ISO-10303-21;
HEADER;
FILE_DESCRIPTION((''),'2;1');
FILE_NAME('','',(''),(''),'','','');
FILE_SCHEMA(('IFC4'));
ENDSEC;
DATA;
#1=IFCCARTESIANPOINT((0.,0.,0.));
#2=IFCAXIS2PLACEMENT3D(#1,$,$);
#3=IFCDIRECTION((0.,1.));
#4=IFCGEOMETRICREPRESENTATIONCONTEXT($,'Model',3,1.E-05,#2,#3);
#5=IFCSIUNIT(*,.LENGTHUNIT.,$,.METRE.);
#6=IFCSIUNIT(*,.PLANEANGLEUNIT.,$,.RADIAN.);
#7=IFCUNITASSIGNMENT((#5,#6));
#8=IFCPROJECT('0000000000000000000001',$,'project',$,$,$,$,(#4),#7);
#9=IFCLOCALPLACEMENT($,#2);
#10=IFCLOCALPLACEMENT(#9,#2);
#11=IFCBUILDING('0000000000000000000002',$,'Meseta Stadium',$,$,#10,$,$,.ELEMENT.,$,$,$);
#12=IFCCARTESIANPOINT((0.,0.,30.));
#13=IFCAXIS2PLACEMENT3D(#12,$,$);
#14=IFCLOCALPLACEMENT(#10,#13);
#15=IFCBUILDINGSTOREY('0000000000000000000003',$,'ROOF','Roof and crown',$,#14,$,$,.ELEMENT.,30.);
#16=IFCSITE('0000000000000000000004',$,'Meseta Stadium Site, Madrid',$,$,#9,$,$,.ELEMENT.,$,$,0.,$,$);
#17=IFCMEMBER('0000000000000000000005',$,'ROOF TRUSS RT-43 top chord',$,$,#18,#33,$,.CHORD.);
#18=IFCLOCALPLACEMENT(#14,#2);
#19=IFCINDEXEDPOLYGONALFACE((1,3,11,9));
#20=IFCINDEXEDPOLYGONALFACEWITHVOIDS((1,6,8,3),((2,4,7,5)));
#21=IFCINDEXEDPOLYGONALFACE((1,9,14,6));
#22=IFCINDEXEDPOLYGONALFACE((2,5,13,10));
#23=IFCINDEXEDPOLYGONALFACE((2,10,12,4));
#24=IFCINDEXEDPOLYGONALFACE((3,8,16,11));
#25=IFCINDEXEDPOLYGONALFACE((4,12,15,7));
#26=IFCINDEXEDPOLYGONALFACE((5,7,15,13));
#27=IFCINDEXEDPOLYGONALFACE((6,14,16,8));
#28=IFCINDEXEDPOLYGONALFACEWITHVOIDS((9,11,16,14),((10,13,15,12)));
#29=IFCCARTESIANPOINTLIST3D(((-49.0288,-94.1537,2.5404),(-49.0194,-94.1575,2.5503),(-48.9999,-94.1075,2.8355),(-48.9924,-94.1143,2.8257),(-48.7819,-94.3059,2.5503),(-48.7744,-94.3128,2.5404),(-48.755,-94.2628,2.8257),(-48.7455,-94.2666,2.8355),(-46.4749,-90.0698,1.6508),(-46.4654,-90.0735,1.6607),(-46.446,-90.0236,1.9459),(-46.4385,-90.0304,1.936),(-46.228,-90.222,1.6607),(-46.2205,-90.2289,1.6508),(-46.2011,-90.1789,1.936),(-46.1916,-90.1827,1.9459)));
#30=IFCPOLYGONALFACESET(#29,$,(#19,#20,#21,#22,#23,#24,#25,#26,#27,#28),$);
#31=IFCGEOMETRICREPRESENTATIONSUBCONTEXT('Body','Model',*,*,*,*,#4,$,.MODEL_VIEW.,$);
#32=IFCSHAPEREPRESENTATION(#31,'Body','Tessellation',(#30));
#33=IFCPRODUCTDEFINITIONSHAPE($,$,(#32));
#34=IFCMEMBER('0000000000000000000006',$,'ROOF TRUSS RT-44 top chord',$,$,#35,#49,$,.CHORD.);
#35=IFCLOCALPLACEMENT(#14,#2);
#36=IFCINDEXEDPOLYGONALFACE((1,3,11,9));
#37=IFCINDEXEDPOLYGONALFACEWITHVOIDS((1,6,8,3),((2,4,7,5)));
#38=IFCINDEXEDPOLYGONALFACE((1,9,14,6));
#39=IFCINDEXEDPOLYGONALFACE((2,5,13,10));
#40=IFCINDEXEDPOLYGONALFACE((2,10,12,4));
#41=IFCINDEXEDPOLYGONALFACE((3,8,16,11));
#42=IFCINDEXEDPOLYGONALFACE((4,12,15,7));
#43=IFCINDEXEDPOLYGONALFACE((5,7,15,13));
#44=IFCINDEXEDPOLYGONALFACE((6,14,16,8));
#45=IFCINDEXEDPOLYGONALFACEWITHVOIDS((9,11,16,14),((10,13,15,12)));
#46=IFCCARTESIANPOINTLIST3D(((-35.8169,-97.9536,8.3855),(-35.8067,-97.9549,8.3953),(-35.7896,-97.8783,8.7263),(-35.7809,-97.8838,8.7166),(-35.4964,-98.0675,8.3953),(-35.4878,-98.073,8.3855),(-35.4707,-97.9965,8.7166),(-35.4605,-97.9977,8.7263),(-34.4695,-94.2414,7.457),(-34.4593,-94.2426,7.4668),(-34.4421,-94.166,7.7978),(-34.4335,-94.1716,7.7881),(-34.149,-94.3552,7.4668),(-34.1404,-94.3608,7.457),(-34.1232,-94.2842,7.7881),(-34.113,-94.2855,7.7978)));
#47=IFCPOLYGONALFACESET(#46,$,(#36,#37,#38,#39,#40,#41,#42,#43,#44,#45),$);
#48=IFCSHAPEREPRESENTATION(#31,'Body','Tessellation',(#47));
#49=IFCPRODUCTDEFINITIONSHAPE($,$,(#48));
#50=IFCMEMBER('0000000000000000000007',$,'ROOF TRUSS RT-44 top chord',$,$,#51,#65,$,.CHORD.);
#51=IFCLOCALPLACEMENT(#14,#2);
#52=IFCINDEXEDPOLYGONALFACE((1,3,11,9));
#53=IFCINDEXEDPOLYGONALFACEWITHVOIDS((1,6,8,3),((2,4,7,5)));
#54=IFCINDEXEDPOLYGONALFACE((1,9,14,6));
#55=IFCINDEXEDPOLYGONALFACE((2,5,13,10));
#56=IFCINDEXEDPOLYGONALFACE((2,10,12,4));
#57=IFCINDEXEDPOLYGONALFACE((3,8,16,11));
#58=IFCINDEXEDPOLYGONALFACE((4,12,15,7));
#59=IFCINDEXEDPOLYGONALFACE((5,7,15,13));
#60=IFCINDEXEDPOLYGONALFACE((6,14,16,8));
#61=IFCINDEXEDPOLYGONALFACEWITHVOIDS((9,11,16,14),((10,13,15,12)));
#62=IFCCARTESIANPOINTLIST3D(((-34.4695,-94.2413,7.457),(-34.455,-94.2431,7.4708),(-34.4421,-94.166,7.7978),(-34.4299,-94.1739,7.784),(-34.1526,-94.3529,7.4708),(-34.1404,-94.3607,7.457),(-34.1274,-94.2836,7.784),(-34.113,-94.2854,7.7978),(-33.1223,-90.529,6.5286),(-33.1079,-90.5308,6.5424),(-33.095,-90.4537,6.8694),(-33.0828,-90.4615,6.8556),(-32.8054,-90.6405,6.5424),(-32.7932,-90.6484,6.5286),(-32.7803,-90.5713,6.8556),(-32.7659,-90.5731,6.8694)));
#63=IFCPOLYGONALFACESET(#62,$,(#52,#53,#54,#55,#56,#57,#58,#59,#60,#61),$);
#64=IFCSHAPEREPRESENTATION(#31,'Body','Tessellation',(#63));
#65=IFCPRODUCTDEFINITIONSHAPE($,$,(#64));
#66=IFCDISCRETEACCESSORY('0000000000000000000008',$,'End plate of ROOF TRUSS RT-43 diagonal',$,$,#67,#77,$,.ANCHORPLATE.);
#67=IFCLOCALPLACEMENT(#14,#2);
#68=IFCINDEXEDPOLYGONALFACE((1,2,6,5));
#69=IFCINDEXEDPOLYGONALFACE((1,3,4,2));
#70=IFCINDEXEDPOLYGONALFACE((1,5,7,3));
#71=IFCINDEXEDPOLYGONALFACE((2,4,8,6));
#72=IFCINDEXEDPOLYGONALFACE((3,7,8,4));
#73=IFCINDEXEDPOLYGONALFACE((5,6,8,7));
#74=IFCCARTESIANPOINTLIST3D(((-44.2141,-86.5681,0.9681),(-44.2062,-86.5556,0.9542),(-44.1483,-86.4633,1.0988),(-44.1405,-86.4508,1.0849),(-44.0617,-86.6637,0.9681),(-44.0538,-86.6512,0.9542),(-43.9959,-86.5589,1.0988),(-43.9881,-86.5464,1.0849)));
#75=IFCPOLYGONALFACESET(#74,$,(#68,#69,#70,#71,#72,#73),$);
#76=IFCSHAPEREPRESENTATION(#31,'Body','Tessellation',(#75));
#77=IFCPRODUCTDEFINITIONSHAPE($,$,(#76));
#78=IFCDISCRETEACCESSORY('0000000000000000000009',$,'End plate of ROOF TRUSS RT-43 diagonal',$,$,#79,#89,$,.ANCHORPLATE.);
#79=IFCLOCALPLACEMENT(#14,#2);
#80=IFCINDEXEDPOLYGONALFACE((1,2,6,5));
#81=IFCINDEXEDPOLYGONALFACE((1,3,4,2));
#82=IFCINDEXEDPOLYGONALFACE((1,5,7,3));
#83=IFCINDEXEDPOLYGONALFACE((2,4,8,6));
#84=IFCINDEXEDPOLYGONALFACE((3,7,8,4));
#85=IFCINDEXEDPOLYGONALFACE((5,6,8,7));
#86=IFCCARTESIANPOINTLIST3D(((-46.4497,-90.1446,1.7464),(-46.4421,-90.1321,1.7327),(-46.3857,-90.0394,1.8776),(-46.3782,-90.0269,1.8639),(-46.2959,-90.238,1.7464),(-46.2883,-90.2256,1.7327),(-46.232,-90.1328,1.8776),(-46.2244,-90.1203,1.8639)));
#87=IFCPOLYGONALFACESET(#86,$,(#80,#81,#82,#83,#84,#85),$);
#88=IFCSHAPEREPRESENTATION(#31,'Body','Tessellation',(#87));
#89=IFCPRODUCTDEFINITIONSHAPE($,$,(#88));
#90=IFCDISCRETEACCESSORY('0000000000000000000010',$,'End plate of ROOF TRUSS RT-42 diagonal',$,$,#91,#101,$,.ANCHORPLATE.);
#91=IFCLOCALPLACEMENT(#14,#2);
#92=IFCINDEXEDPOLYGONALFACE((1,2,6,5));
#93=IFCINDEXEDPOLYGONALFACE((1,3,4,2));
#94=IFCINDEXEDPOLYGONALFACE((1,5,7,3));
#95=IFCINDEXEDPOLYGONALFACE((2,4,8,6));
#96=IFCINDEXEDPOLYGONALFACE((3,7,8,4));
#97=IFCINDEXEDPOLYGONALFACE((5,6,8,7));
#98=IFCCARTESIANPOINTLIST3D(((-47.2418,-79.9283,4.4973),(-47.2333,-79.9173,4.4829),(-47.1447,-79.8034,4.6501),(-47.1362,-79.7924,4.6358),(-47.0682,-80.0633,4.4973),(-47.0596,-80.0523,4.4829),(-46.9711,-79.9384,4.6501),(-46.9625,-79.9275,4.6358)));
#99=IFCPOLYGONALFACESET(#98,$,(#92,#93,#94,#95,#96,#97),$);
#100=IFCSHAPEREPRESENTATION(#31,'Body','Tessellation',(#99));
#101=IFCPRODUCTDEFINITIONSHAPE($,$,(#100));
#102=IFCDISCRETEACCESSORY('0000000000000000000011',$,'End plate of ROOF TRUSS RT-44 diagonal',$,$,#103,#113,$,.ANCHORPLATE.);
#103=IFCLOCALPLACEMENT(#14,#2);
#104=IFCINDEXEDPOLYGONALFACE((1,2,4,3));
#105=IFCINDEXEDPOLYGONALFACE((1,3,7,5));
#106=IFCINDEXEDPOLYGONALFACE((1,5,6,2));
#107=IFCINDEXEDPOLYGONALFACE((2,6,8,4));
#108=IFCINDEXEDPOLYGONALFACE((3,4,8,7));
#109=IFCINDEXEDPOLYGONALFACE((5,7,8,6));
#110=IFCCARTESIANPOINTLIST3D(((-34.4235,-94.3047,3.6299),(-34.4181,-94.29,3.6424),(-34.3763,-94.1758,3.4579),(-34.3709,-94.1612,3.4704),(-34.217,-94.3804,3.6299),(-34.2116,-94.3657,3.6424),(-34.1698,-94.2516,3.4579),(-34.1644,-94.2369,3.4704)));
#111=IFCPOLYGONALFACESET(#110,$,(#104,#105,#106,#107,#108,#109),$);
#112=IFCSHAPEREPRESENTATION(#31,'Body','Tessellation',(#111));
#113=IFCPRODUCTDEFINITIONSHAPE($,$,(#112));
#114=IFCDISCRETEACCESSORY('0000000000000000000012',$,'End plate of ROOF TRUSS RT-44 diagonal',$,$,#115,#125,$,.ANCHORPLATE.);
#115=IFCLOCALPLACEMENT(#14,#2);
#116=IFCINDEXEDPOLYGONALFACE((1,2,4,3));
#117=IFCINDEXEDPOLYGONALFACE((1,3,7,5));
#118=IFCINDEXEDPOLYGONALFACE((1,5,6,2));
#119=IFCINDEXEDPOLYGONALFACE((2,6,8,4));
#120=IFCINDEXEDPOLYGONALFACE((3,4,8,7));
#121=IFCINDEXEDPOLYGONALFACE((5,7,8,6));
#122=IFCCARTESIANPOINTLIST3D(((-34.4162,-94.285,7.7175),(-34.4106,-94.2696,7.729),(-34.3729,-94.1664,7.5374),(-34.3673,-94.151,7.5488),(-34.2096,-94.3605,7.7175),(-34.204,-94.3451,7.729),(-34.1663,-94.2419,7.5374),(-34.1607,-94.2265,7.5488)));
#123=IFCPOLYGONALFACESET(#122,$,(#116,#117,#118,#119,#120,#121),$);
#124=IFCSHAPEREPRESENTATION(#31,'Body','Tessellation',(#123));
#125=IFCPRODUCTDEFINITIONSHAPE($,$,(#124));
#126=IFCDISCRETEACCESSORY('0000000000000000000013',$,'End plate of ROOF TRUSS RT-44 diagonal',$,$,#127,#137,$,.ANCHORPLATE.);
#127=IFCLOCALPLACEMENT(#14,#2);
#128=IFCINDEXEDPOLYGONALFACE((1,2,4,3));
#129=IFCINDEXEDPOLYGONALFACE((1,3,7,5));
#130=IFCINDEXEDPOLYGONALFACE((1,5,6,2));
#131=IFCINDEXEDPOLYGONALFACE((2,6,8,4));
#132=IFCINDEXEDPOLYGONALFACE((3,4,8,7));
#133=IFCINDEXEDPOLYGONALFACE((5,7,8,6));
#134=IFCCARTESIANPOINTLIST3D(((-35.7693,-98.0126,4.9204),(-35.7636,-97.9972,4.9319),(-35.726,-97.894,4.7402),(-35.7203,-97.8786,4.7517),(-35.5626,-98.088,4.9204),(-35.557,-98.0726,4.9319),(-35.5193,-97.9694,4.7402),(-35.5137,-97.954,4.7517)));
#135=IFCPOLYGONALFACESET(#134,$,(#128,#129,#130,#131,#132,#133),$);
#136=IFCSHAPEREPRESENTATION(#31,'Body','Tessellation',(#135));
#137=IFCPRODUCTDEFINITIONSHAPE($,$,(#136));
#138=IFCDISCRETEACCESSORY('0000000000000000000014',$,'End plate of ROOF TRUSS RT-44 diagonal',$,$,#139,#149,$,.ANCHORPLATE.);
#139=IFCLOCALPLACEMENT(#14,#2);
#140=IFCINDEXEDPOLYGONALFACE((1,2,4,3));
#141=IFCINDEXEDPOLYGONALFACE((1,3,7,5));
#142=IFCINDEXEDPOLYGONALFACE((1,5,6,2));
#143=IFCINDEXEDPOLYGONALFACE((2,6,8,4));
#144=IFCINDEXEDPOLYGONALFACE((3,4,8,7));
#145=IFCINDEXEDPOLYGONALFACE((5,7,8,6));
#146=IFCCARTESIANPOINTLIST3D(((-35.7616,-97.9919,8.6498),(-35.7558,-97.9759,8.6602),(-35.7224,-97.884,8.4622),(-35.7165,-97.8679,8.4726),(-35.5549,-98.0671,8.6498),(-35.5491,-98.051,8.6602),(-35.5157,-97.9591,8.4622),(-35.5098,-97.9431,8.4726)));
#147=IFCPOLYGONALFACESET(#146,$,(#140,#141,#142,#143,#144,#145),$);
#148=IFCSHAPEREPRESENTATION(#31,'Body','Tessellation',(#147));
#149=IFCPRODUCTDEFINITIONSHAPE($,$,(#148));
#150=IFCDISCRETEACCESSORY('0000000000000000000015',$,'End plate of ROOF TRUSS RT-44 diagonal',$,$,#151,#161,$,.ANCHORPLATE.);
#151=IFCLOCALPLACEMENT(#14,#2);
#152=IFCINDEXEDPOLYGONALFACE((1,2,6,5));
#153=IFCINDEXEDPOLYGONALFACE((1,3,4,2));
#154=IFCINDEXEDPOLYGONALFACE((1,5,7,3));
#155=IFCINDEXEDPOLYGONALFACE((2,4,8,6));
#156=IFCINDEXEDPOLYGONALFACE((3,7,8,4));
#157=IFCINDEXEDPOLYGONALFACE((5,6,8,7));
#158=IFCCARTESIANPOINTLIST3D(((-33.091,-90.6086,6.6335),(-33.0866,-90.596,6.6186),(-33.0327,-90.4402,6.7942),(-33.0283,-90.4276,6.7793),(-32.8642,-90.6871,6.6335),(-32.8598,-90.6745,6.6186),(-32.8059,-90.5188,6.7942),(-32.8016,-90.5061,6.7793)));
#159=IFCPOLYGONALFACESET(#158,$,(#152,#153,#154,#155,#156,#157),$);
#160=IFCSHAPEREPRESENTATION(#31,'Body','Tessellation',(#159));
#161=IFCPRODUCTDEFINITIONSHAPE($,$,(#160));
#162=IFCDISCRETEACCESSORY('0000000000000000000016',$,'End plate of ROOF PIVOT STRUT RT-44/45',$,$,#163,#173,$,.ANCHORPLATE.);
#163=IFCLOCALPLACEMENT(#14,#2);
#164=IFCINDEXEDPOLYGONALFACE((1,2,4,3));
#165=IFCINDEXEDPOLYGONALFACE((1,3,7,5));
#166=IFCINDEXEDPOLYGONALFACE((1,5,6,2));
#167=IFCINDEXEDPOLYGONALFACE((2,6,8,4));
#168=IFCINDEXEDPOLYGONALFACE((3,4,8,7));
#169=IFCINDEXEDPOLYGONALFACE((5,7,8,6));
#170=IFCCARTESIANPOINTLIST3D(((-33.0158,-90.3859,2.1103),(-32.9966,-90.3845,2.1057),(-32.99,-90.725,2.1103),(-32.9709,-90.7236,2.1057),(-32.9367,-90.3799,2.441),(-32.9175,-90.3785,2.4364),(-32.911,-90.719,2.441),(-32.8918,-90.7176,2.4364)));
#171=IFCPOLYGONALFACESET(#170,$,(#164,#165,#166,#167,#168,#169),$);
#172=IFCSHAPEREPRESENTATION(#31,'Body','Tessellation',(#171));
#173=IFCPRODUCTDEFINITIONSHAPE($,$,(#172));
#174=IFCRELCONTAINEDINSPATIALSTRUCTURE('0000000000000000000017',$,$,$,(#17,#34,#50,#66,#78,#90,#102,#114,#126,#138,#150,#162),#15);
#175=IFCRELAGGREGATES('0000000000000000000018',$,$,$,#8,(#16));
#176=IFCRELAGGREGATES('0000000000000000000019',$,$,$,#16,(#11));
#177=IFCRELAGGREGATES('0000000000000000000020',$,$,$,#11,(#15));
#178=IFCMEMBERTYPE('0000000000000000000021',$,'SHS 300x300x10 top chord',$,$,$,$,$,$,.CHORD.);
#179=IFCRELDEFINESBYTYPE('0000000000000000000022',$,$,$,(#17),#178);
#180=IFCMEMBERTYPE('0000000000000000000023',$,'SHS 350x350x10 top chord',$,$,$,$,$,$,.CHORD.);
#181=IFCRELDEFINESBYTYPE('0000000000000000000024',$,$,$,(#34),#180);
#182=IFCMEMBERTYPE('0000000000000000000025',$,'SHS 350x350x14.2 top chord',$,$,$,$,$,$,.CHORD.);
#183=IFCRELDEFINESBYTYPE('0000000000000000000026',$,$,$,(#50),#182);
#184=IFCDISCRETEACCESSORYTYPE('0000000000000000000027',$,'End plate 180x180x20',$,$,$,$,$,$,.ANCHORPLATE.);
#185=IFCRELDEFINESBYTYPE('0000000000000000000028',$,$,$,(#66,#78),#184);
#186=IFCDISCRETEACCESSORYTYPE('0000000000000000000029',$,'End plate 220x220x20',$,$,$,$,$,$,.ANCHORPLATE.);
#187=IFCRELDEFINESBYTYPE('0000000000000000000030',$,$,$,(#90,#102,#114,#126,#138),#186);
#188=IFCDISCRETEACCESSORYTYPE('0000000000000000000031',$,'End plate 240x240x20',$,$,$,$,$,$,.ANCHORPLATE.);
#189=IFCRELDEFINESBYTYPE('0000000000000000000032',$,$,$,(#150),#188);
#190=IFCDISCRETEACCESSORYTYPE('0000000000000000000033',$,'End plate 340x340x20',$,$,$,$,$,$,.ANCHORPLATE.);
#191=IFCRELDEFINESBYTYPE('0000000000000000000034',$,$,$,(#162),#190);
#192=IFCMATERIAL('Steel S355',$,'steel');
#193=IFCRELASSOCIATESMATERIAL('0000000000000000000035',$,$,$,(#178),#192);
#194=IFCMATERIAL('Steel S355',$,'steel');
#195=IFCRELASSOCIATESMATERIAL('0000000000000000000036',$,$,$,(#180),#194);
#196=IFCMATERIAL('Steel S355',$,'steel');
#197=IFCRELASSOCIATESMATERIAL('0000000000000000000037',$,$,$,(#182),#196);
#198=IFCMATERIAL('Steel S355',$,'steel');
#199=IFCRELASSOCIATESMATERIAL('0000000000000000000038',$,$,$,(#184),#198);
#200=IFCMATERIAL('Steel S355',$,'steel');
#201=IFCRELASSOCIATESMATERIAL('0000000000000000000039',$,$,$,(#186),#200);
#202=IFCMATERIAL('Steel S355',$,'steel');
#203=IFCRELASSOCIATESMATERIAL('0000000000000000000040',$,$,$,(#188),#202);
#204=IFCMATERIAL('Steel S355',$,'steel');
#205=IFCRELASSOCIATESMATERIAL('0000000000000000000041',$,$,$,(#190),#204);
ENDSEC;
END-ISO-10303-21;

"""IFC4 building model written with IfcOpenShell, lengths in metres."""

from ifc_helpers import new_model, si_unit, direction, frame, origin, origin_2d, place, context, subcontext, project, spatial, rectangle, hollow_rectangle, extrude, material, material_profile, profile_set, type_object, element, save


model = new_model("IFC4")

# Units and contexts
model_context = context("Model", 3, precision=1e-05, world=origin(), true_north=direction((0.0, 1.0)))
body_context = subcontext(model_context, "Body", "Model", "MODEL_VIEW")
ifc_project = project(units=[si_unit("LENGTHUNIT", "METRE"), si_unit("PLANEANGLEUNIT", "RADIAN")], contexts=[model_context])

# Site, building, storey
site_placement = place(None, origin())
site = spatial("IfcSite", under=ifc_project, at=site_placement, Name="Meseta Stadium Site, Madrid", CompositionType="ELEMENT", RefElevation=0.0)
building_placement = place(site_placement, origin())
building = spatial("IfcBuilding", under=site, at=building_placement, Name="Meseta Stadium", CompositionType="ELEMENT")
storey_placement = place(building_placement, frame((0.0, 0.0, 30.0)))
storey = spatial("IfcBuildingStorey", under=building, at=storey_placement, Name="ROOF", Description="Roof and crown", CompositionType="ELEMENT", Elevation=30.0)

# Members
ifc_material_1 = material(Name="Steel S355", Category="steel")
ifc_material_profile_1 = material_profile(ifc_material_1, hollow_rectangle(XDim=0.3, YDim=0.3, WallThickness=0.01, at=origin_2d()), Name="SHS 300x300x10")
ifc_profile_set_1 = profile_set([ifc_material_profile_1], Name="Steel S355")
member_type_1 = type_object("IfcMemberType", Name="SHS 300x300x10 top chord", PredefinedType="CHORD", material=ifc_profile_set_1)
member_1_placement = place(storey_placement, frame((-46.3333, -90.1262, 1.7983), z_axis=(-0.521399, -0.83376, 0.181625), x_axis=(0.847862, -0.530218, 0.0)))
element("IfcMember", 1, at=member_1_placement, inside=storey, type_object=member_type_1, Name="ROOF TRUSS RT-43 top chord", PredefinedType="CHORD", context=body_context, shape_type="SweptSolid", body=[
    extrude(hollow_rectangle(XDim=0.3, YDim=0.3, WallThickness=0.01, at=origin_2d()), origin(), (0.0, 0.0, 1.0), 4.8982),
])
ifc_material_2 = material(Name="Steel S355", Category="steel")
ifc_material_profile_2 = material_profile(ifc_material_2, hollow_rectangle(XDim=0.3501, YDim=0.3501, WallThickness=0.01, at=origin_2d()), Name="SHS 350x350x10")
ifc_profile_set_2 = profile_set([ifc_material_profile_2], Name="Steel S355")
member_type_2 = type_object("IfcMemberType", Name="SHS 350x350x10 top chord", PredefinedType="CHORD", material=ifc_profile_set_2)
member_2_placement = place(storey_placement, frame((-34.2913, -94.2634, 7.6274), z_axis=(-0.332136, -0.915044, 0.228866), x_axis=(0.939994, -0.341192, 0.0)))
element("IfcMember", 2, at=member_2_placement, inside=storey, type_object=member_type_2, Name="ROOF TRUSS RT-44 top chord", PredefinedType="CHORD", context=body_context, shape_type="SweptSolid", body=[
    extrude(hollow_rectangle(XDim=0.3501, YDim=0.3501, WallThickness=0.01, at=origin_2d()), origin(), (0.0, 0.0, 1.0), 4.0569),
])
ifc_material_3 = material(Name="Steel S355", Category="steel")
ifc_material_profile_3 = material_profile(ifc_material_3, hollow_rectangle(XDim=0.3501, YDim=0.3501, WallThickness=0.0142, at=origin_2d()), Name="SHS 350x350x14.2")
ifc_profile_set_3 = profile_set([ifc_material_profile_3], Name="Steel S355")
member_type_3 = type_object("IfcMemberType", Name="SHS 350x350x14.2 top chord", PredefinedType="CHORD", material=ifc_profile_set_3)
member_3_placement = place(storey_placement, frame((-32.9441, -90.551, 6.699), z_axis=(-0.332064, -0.915072, 0.228858), x_axis=(0.940021, -0.341118, 0.0)))
element("IfcMember", 3, at=member_3_placement, inside=storey, type_object=member_type_3, Name="ROOF TRUSS RT-44 top chord", PredefinedType="CHORD", context=body_context, shape_type="SweptSolid", body=[
    extrude(hollow_rectangle(XDim=0.3501, YDim=0.3501, WallThickness=0.0142, at=origin_2d()), origin(), (0.0, 0.0, 1.0), 4.0569),
])

# Discrete accessories
ifc_material_4 = material(Name="Steel S355", Category="steel")
ifc_material_profile_4 = material_profile(ifc_material_4, rectangle(XDim=0.1799, YDim=0.1799, at=origin_2d()), Name="PL 180x180")
ifc_profile_set_4 = profile_set([ifc_material_profile_4], Name="Steel S355")
discrete_accessory_type_1 = type_object("IfcDiscreteAccessoryType", Name="End plate 180x180x20", PredefinedType="ANCHORPLATE", material=ifc_profile_set_4)
discrete_accessory_1_placement = place(storey_placement, frame((-44.0972, -86.551, 1.0195), z_axis=(-0.385963, -0.615128, 0.687496), x_axis=(0.847064, -0.531491, 0.0)))
element("IfcDiscreteAccessory", 4, at=discrete_accessory_1_placement, inside=storey, type_object=discrete_accessory_type_1, Name="End plate of ROOF TRUSS RT-43 diagonal", PredefinedType="ANCHORPLATE", context=body_context, shape_type="SweptSolid", body=[
    extrude(rectangle(XDim=0.1799, YDim=0.1799, at=origin_2d()), origin(), (0.0, 0.0, 1.0), 0.0203),
])
discrete_accessory_2_placement = place(storey_placement, frame((-46.3333, -90.1262, 1.7983), z_axis=(-0.378782, -0.623157, 0.684251), x_axis=(0.854522, -0.519415, 0.0)))
element("IfcDiscreteAccessory", 5, at=discrete_accessory_2_placement, inside=storey, type_object=discrete_accessory_type_1, Name="End plate of ROOF TRUSS RT-43 diagonal", PredefinedType="ANCHORPLATE", context=body_context, shape_type="SweptSolid", body=[
    extrude(rectangle(XDim=0.1799, YDim=0.1799, at=origin_2d()), origin(), (0.0, 0.0, 1.0), 0.02),
])
ifc_material_5 = material(Name="Steel S355", Category="steel")
ifc_material_profile_5 = material_profile(ifc_material_5, rectangle(XDim=0.22, YDim=0.22, at=origin_2d()), Name="PL 220x220")
ifc_profile_set_5 = profile_set([ifc_material_profile_5], Name="Steel S355")
discrete_accessory_type_2 = type_object("IfcDiscreteAccessoryType", Name="End plate 220x220x20", PredefinedType="ANCHORPLATE", material=ifc_profile_set_5)
for number, where, z_axis, x_axis, name in (
    (6, (-47.0979, -79.9224, 4.5593), (-0.426607, -0.548495, 0.719138), (0.789352, -0.613941, 0.0), "End plate of ROOF TRUSS RT-42 diagonal"),
    (7, (-34.2913, -94.2634, 3.5564), (-0.269074, -0.733839, -0.623763), (0.938876, -0.344255, 0.0), "End plate of ROOF TRUSS RT-44 diagonal"),
    (8, (-34.2856, -94.248, 7.6389), (-0.280843, -0.769266, -0.573897), (0.939357, -0.34294, 0.0), "End plate of ROOF TRUSS RT-44 diagonal"),
    (9, (-35.6387, -97.9756, 4.8418), (-0.280843, -0.769266, -0.573897), (0.939357, -0.34294, 0.0), "End plate of ROOF TRUSS RT-44 diagonal"),
    (10, (-35.6328, -97.9595, 8.5664), (-0.29145, -0.801488, -0.522182), (0.939793, -0.341743, 0.0), "End plate of ROOF TRUSS RT-44 diagonal"),
):
    element("IfcDiscreteAccessory", number, at=place(storey_placement, frame(where, z_axis=z_axis, x_axis=x_axis)), inside=storey, type_object=discrete_accessory_type_2, Name=name, PredefinedType="ANCHORPLATE", context=body_context, shape_type="SweptSolid", body=[
        extrude(rectangle(XDim=0.22, YDim=0.22, at=origin_2d()), origin(), (0.0, 0.0, 1.0), 0.02),
    ])
ifc_material_6 = material(Name="Steel S355", Category="steel")
ifc_material_profile_6 = material_profile(ifc_material_6, rectangle(XDim=0.24, YDim=0.24, at=origin_2d()), Name="PL 240x240")
ifc_profile_set_6 = profile_set([ifc_material_profile_6], Name="Steel S355")
discrete_accessory_type_3 = type_object("IfcDiscreteAccessoryType", Name="End plate 240x240x20", PredefinedType="ANCHORPLATE", material=ifc_profile_set_6)
discrete_accessory_3_placement = place(storey_placement, frame((-32.9441, -90.551, 6.699), z_axis=(-0.219105, -0.632971, 0.742523), x_axis=(0.944986, -0.327111, 0.0)))
element("IfcDiscreteAccessory", 11, at=discrete_accessory_3_placement, inside=storey, type_object=discrete_accessory_type_3, Name="End plate of ROOF TRUSS RT-44 diagonal", PredefinedType="ANCHORPLATE", context=body_context, shape_type="SweptSolid", body=[
    extrude(rectangle(XDim=0.24, YDim=0.24, at=origin_2d()), origin(), (0.0, 0.0, 1.0), 0.02),
])
ifc_material_7 = material(Name="Steel S355", Category="steel")
ifc_material_profile_7 = material_profile(ifc_material_7, rectangle(XDim=0.3401, YDim=0.3401, at=origin_2d()), Name="PL 340x340")
ifc_profile_set_7 = profile_set([ifc_material_profile_7], Name="Steel S355")
discrete_accessory_type_4 = type_object("IfcDiscreteAccessoryType", Name="End plate 340x340x20", PredefinedType="ANCHORPLATE", material=ifc_profile_set_7)
discrete_accessory_4_placement = place(storey_placement, frame((-32.9634, -90.5525, 2.2756), z_axis=(0.969635, 0.073643, -0.233203), x_axis=(-0.075731, 0.997128, 0.0)))
element("IfcDiscreteAccessory", 12, at=discrete_accessory_4_placement, inside=storey, type_object=discrete_accessory_type_4, Name="End plate of ROOF PIVOT STRUT RT-44/45", PredefinedType="ANCHORPLATE", context=body_context, shape_type="SweptSolid", body=[
    extrude(rectangle(XDim=0.3401, YDim=0.3401, at=origin_2d()), origin(), (0.0, 0.0, 1.0), 0.0198),
])

save(model, "model.ifc")
